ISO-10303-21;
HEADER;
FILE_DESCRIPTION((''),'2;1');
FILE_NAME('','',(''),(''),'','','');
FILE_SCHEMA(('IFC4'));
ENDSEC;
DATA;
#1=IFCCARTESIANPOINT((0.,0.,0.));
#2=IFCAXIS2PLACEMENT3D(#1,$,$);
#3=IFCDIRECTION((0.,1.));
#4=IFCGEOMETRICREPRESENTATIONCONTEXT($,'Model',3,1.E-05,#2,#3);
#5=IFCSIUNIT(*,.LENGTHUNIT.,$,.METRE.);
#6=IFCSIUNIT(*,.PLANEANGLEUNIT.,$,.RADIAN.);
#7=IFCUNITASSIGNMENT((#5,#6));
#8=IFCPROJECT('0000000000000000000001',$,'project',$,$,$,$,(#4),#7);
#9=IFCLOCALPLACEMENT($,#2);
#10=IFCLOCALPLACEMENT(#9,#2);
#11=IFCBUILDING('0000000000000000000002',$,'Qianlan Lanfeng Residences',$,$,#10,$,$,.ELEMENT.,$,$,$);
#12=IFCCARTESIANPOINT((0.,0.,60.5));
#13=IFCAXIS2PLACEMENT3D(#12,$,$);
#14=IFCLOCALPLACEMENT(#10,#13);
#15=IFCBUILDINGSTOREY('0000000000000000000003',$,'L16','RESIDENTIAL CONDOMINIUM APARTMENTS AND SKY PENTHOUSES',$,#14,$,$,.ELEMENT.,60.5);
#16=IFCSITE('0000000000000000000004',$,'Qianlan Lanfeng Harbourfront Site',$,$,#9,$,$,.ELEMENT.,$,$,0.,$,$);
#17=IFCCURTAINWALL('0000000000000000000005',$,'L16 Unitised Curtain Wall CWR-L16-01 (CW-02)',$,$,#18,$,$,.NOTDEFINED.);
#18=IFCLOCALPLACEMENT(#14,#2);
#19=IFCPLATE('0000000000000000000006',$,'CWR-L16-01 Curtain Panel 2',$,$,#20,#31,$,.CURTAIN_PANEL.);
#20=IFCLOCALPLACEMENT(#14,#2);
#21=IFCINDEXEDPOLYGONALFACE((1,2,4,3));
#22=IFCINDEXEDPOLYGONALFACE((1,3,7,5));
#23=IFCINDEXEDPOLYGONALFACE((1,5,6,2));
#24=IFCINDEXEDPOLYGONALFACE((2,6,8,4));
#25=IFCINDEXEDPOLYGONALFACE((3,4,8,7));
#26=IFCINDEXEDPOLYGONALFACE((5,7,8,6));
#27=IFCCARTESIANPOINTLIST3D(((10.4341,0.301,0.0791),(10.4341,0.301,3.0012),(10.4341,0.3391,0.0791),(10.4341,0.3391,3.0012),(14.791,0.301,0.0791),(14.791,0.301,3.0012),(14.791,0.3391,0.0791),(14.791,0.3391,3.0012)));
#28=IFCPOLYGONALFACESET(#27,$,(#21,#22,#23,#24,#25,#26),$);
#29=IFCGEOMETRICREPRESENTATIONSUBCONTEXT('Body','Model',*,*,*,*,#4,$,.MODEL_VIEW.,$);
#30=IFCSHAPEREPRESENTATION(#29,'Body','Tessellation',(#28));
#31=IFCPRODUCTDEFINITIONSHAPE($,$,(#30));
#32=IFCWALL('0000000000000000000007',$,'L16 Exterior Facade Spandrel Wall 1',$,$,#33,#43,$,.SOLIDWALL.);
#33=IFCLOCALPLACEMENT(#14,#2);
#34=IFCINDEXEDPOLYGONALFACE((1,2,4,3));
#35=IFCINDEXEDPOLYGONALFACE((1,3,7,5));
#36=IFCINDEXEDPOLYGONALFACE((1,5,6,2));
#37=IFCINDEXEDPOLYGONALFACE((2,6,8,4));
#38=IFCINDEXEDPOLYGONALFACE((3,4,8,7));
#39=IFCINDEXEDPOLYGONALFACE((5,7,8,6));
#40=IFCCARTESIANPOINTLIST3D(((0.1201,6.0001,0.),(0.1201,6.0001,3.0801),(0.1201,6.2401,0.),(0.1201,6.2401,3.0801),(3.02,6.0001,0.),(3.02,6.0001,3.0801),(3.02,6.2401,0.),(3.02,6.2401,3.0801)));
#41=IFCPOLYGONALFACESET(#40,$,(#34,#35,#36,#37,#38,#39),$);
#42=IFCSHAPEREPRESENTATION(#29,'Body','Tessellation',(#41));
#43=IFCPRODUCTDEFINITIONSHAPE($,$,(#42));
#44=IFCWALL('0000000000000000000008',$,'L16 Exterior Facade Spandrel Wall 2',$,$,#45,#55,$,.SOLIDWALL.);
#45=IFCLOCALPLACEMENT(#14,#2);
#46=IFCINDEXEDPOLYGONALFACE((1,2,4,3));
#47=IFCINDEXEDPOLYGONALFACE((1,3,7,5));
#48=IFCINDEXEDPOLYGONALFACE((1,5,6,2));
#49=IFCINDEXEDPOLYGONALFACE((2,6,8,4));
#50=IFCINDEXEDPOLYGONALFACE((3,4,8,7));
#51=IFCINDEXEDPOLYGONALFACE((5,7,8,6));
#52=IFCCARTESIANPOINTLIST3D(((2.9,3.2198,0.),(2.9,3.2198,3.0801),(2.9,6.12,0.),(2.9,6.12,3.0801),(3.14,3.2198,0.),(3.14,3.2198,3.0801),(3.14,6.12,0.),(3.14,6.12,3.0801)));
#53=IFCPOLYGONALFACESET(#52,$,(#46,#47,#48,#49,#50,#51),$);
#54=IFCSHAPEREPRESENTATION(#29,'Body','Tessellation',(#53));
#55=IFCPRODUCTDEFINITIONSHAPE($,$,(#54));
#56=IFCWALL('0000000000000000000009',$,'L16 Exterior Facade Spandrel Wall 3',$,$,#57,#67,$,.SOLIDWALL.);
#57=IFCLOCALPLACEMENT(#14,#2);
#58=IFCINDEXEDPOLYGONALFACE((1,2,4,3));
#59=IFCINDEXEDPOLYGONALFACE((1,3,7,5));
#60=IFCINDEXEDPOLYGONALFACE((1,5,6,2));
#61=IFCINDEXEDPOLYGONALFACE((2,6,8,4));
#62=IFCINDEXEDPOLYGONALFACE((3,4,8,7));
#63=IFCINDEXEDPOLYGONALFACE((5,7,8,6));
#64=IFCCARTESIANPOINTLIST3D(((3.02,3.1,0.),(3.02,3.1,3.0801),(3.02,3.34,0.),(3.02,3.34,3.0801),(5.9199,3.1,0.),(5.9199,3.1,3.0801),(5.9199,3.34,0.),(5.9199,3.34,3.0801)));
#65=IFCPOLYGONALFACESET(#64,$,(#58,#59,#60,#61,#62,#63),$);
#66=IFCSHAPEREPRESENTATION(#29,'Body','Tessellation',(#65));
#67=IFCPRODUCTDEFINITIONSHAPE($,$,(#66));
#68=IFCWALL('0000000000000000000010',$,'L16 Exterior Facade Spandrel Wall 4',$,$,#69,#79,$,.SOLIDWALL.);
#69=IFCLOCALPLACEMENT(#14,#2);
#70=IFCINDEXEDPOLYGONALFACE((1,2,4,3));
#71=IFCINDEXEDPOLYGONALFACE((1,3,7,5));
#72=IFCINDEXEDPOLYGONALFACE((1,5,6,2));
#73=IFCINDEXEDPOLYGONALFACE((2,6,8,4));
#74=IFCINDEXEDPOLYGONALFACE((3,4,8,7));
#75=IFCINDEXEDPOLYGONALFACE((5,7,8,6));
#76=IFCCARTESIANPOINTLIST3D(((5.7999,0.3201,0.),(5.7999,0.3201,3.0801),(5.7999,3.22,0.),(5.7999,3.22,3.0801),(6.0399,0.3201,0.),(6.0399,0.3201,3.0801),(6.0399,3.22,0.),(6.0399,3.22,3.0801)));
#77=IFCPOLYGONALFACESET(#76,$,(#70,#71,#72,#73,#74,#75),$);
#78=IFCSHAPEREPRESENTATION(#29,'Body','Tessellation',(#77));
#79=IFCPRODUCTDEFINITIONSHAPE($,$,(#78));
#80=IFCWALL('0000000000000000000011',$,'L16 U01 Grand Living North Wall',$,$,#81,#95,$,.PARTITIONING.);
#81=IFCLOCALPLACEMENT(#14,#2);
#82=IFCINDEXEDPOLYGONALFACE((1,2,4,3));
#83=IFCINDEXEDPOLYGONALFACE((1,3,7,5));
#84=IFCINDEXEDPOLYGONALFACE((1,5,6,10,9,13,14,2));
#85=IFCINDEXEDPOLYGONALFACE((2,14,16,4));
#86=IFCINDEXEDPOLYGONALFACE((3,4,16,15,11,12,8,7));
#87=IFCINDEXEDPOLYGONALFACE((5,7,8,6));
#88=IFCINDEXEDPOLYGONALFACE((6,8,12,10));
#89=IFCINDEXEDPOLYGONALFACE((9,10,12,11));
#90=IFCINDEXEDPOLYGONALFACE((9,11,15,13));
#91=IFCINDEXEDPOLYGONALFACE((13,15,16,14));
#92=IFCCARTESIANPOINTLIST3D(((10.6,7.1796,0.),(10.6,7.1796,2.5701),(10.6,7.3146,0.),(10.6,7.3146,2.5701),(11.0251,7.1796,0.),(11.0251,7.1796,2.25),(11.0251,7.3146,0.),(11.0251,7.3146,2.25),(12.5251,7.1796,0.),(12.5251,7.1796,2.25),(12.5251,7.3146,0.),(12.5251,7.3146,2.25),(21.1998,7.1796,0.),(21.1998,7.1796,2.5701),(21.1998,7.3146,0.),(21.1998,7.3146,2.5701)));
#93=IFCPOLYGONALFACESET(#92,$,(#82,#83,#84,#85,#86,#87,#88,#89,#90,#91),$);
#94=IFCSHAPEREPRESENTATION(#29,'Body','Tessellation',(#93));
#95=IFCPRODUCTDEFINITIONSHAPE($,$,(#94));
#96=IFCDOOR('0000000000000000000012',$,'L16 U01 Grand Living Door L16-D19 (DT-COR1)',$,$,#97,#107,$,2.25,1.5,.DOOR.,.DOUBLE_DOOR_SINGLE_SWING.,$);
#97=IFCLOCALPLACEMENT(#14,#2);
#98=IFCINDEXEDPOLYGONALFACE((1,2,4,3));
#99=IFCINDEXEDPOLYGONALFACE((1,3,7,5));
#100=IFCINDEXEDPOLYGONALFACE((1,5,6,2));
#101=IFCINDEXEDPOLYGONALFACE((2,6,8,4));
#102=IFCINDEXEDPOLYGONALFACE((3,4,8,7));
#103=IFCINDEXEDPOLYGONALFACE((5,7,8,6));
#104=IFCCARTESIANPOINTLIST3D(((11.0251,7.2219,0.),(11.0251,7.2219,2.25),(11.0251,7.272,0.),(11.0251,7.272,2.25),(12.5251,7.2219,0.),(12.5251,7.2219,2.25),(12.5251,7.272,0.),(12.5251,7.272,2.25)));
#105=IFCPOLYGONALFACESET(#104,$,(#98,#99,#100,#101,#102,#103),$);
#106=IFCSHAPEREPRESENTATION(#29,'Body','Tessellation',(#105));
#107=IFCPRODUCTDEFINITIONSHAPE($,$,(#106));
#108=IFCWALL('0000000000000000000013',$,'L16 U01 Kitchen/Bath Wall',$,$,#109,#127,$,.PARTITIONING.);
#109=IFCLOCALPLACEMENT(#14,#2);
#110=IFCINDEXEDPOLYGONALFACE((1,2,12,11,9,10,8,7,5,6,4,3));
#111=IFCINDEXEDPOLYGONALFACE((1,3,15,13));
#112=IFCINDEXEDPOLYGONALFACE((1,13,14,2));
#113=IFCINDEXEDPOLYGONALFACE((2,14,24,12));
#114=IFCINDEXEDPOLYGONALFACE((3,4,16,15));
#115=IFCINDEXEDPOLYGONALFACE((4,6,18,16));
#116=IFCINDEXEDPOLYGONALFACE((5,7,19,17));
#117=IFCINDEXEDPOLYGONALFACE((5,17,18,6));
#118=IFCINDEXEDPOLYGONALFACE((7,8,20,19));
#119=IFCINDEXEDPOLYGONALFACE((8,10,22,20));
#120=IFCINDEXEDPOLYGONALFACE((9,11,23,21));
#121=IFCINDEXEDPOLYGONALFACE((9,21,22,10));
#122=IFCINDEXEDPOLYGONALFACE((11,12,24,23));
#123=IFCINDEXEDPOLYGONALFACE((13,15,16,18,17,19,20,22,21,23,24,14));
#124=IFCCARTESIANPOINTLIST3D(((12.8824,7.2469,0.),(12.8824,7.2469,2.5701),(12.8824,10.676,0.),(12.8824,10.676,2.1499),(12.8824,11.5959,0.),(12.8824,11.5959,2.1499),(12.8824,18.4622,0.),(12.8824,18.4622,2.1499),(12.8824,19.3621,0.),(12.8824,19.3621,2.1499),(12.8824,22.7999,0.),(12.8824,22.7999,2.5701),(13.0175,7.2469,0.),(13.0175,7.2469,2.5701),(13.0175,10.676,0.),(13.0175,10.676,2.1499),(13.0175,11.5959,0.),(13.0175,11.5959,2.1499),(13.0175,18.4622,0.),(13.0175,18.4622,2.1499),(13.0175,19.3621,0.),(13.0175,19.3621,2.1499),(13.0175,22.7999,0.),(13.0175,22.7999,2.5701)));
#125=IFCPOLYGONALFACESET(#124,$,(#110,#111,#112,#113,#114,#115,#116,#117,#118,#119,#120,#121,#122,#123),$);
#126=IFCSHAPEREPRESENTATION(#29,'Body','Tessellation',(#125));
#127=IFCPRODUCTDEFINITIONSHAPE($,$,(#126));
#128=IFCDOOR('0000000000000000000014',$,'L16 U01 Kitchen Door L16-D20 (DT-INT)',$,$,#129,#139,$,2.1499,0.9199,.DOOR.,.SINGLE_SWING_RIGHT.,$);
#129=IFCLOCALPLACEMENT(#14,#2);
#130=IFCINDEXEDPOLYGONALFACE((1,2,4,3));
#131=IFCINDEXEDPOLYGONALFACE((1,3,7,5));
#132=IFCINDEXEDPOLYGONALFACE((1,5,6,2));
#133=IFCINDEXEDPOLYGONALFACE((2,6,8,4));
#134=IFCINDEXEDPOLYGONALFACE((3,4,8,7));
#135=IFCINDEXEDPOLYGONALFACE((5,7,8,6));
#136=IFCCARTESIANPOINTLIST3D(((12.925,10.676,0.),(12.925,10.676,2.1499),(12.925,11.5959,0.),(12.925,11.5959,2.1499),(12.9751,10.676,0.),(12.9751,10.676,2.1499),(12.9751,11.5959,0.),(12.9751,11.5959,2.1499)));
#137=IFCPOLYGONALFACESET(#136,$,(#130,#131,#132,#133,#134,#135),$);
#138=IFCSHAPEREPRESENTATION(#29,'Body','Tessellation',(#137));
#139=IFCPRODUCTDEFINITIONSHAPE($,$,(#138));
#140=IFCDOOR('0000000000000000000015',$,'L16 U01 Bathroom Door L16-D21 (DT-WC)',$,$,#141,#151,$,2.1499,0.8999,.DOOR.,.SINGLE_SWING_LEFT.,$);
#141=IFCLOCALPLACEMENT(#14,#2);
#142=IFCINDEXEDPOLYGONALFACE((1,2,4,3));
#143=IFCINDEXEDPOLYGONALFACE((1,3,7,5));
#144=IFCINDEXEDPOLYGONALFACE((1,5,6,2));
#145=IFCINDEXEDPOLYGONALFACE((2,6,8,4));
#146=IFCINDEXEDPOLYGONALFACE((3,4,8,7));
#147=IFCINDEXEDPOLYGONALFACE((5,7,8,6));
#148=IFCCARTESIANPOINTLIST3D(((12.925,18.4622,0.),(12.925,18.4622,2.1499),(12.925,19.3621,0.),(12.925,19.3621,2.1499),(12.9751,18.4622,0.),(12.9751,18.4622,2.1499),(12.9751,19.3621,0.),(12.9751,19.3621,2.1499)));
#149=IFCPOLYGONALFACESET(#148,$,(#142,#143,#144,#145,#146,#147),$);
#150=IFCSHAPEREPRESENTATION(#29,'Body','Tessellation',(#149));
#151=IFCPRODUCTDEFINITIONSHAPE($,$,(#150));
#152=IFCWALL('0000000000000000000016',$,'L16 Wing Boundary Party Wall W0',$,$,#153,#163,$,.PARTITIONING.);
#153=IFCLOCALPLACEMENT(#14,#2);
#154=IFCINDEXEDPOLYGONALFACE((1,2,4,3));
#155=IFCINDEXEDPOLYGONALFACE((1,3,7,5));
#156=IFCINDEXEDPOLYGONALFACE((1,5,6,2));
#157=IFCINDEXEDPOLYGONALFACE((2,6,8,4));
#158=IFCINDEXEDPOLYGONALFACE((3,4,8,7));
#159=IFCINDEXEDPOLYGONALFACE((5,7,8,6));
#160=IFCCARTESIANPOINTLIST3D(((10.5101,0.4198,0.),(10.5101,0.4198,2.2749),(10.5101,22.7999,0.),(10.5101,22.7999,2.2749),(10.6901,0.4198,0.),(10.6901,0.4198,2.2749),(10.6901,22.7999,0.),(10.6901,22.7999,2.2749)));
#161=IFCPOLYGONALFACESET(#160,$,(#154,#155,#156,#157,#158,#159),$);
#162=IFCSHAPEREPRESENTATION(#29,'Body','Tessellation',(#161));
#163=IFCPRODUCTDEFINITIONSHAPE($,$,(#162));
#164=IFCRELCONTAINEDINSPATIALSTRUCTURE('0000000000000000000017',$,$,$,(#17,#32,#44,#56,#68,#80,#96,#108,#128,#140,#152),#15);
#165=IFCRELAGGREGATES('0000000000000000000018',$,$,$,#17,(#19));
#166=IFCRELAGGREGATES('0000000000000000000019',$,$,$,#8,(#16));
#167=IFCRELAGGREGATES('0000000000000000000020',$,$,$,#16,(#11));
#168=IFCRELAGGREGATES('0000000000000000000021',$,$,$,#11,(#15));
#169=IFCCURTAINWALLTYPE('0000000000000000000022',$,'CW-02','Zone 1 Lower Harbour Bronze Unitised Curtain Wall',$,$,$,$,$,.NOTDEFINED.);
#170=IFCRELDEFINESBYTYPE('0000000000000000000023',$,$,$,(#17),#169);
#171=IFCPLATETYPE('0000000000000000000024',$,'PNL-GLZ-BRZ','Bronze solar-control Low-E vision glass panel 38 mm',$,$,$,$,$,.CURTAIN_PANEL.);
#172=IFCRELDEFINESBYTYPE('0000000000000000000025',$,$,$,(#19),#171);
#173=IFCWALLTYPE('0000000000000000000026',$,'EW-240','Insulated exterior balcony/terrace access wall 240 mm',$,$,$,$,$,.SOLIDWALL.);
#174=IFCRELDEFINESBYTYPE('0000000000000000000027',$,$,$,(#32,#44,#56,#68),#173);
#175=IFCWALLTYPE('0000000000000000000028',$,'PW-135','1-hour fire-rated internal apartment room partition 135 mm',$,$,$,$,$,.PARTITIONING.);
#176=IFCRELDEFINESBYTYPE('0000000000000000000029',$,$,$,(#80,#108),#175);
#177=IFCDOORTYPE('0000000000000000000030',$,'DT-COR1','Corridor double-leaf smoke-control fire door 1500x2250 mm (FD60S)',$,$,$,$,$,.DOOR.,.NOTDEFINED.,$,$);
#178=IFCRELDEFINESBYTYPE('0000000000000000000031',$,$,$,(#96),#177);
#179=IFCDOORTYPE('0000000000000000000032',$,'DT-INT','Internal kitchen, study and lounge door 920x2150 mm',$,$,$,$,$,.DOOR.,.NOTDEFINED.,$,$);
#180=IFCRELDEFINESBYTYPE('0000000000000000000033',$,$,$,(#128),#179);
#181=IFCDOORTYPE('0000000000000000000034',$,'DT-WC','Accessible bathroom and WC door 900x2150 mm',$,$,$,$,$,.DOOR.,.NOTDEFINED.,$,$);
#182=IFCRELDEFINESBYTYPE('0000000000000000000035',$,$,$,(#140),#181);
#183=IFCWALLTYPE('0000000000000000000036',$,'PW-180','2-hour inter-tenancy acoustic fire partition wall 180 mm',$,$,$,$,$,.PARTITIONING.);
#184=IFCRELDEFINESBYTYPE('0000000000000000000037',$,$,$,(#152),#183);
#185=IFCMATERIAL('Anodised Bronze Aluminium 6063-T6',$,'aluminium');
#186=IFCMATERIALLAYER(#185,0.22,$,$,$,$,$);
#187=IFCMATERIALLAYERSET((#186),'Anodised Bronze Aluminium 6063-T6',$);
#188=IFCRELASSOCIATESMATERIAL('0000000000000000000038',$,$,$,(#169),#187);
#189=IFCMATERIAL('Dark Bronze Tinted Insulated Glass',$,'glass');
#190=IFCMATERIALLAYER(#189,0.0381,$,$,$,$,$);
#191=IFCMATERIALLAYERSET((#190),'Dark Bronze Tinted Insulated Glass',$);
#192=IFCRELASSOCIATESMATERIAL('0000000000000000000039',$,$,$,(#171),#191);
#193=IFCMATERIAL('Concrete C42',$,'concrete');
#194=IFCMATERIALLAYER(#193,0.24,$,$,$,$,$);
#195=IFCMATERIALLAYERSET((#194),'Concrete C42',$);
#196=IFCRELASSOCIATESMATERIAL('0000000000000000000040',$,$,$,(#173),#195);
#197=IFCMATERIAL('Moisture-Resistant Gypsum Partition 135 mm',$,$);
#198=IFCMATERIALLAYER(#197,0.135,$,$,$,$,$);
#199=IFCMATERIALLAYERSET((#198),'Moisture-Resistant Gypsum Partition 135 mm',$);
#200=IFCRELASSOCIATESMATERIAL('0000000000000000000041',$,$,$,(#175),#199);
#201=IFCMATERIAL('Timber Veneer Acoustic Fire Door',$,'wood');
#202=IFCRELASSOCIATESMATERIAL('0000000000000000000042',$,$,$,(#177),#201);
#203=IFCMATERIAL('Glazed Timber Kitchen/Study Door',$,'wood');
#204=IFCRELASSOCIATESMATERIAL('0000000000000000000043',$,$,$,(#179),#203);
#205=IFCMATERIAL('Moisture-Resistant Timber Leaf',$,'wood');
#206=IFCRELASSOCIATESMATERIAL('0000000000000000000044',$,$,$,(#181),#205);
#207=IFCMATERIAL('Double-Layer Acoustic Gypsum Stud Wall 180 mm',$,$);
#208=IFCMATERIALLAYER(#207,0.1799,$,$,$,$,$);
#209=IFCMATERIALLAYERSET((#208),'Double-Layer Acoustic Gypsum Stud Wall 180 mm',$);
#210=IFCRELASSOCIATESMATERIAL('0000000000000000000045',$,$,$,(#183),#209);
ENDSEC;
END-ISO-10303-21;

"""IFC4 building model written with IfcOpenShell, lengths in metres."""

from ifc_helpers import new_model, si_unit, direction, frame, frame_2d, origin, origin_2d, place, context, subcontext, project, spatial, rectangle, extrude, source, transform, mapped, material, layer, layer_set, type_object, element, fill, aggregate, save


model = new_model("IFC4")

# Units and contexts
model_context = context("Model", 3, precision=1e-05, world=origin(), true_north=direction((0.0, 1.0)))
body_context = subcontext(model_context, "Body", "Model", "MODEL_VIEW")
ifc_project = project(units=[si_unit("LENGTHUNIT", "METRE"), si_unit("PLANEANGLEUNIT", "RADIAN")], contexts=[model_context])

# Site, building, storey
site_placement = place(None, origin())
site = spatial("IfcSite", under=ifc_project, at=site_placement, Name="Qianlan Lanfeng Harbourfront Site", CompositionType="ELEMENT", RefElevation=0.0)
building_placement = place(site_placement, origin())
building = spatial("IfcBuilding", under=site, at=building_placement, Name="Qianlan Lanfeng Residences", CompositionType="ELEMENT")
storey_placement = place(building_placement, frame((0.0, 0.0, 60.5)))
storey = spatial("IfcBuildingStorey", under=building, at=storey_placement, Name="L16", Description="RESIDENTIAL CONDOMINIUM APARTMENTS AND SKY PENTHOUSES", CompositionType="ELEMENT", Elevation=60.5)

# Curtain wall
ifc_material_1 = material(Name="Anodised Bronze Aluminium 6063-T6", Category="aluminium")
ifc_layer_1 = layer(ifc_material_1, 0.22)
ifc_layer_set_1 = layer_set([ifc_layer_1], Name="Anodised Bronze Aluminium 6063-T6")
curtain_wall_type = type_object("IfcCurtainWallType", Name="CW-02", Description="Zone 1 Lower Harbour Bronze Unitised Curtain Wall", PredefinedType="NOTDEFINED", material=ifc_layer_set_1)
curtain_wall_1_placement = place(storey_placement, origin())
curtain_wall_1 = element("IfcCurtainWall", 1, at=curtain_wall_1_placement, inside=storey, type_object=curtain_wall_type, Name="L16 Unitised Curtain Wall CWR-L16-01 (CW-02)", PredefinedType="NOTDEFINED")

# Plate
ifc_material_2 = material(Name="Dark Bronze Tinted Insulated Glass", Category="glass")
ifc_layer_2 = layer(ifc_material_2, 0.0381)
ifc_layer_set_2 = layer_set([ifc_layer_2], Name="Dark Bronze Tinted Insulated Glass")
plate_type = type_object("IfcPlateType", Name="PNL-GLZ-BRZ", Description="Bronze solar-control Low-E vision glass panel 38 mm", PredefinedType="CURTAIN_PANEL", material=ifc_layer_set_2)
shared_shape_1 = source(origin(), body_context, "Body", "SweptSolid", [
    extrude(rectangle(XDim=4.3569, YDim=0.0381, at=origin_2d()), origin(), (0.0, 0.0, 1.0), 2.9221),
])
plate_1_placement = place(storey_placement, frame((12.6125, 0.3201, 0.0791), z_axis=(0.0, 0.0, 1.0), x_axis=(1.0, 0.0, 0.0)))
plate_1 = element("IfcPlate", 2, at=plate_1_placement, type_object=plate_type, Name="CWR-L16-01 Curtain Panel 2", PredefinedType="CURTAIN_PANEL", context=body_context, shape_type="MappedRepresentation", body=[
    mapped(shared_shape_1, transform((0.0, 0.0, 0.0), scale=1.0)),
])
aggregate(curtain_wall_1, [plate_1])

# Walls
ifc_material_3 = material(Name="Concrete C42", Category="concrete")
ifc_layer_3 = layer(ifc_material_3, 0.24)
ifc_layer_set_3 = layer_set([ifc_layer_3], Name="Concrete C42")
wall_type_1 = type_object("IfcWallType", Name="EW-240", Description="Insulated exterior balcony/terrace access wall 240 mm", PredefinedType="SOLIDWALL", material=ifc_layer_set_3)
wall_1_placement = place(storey_placement, frame((0.1201, 6.1201, 0.0), z_axis=(0.0, 0.0, 1.0), x_axis=(1.0, 0.0, 0.0)))
element("IfcWall", 3, at=wall_1_placement, inside=storey, type_object=wall_type_1, Name="L16 Exterior Facade Spandrel Wall 1", PredefinedType="SOLIDWALL", context=body_context, shape_type="SweptSolid", body=[
    extrude(rectangle(XDim=2.8999, YDim=0.24, at=frame_2d((1.45, 0.0))), origin(), (0.0, 0.0, 1.0), 3.0801),
])
wall_2_placement = place(storey_placement, frame((3.02, 6.1201, 0.0), z_axis=(0.0, 0.0, 1.0), x_axis=(0.0, -1.0, 0.0)))
element("IfcWall", 4, at=wall_2_placement, inside=storey, type_object=wall_type_1, Name="L16 Exterior Facade Spandrel Wall 2", PredefinedType="SOLIDWALL", context=body_context, shape_type="SweptSolid", body=[
    extrude(rectangle(XDim=2.9001, YDim=0.24, at=frame_2d((1.4502, 0.0))), origin(), (0.0, 0.0, 1.0), 3.0801),
])
for number, where, z_axis, x_axis, name in (
    (5, (3.02, 3.22, 0.0), (0.0, 0.0, 1.0), (1.0, 0.0, 0.0), "L16 Exterior Facade Spandrel Wall 3"),
    (6, (5.9199, 3.22, 0.0), (0.0, 0.0, 1.0), (0.0, -1.0, 0.0), "L16 Exterior Facade Spandrel Wall 4"),
):
    element("IfcWall", number, at=place(storey_placement, frame(where, z_axis=z_axis, x_axis=x_axis)), inside=storey, type_object=wall_type_1, Name=name, PredefinedType="SOLIDWALL", context=body_context, shape_type="SweptSolid", body=[
        extrude(rectangle(XDim=2.8999, YDim=0.24, at=frame_2d((1.45, 0.0))), origin(), (0.0, 0.0, 1.0), 3.0801),
    ])

# Wall, opening, door
ifc_material_4 = material(Name="Moisture-Resistant Gypsum Partition 135 mm")
ifc_layer_4 = layer(ifc_material_4, 0.135)
ifc_layer_set_4 = layer_set([ifc_layer_4], Name="Moisture-Resistant Gypsum Partition 135 mm")
wall_type_2 = type_object("IfcWallType", Name="PW-135", Description="1-hour fire-rated internal apartment room partition 135 mm", PredefinedType="PARTITIONING", material=ifc_layer_set_4)
wall_3_placement = place(storey_placement, frame((10.6001, 7.2471, 0.0), z_axis=(0.0, 0.0, 1.0), x_axis=(1.0, 0.0, 0.0)))
wall_3 = element("IfcWall", 7, at=wall_3_placement, inside=storey, type_object=wall_type_2, Name="L16 U01 Grand Living North Wall", PredefinedType="PARTITIONING", context=body_context, shape_type="SweptSolid", body=[
    extrude(rectangle(XDim=10.5999, YDim=0.135, at=frame_2d((5.2998, 0.0))), origin(), (0.0, 0.0, 1.0), 2.5701),
])
opening_1_placement = place(wall_3_placement, frame((0.425, 0.0, 0.0)))
opening_1 = element("IfcOpeningElement", 8, at=opening_1_placement, cuts=wall_3, PredefinedType="OPENING", context=body_context, shape_type="SweptSolid", body=[
    extrude(rectangle(XDim=1.5, YDim=2.25, at=frame_2d((0.75, 1.125))), frame((0.0, 0.0776, 0.0), z_axis=(0.0, -1.0, 0.0), x_axis=(1.0, 0.0, 0.0)), (0.0, 0.0, 1.0), 0.155),
])
ifc_material_5 = material(Name="Timber Veneer Acoustic Fire Door", Category="wood")
door_type_1 = type_object("IfcDoorType", Name="DT-COR1", Description="Corridor double-leaf smoke-control fire door 1500x2250 mm (FD60S)", OperationType="NOTDEFINED", PredefinedType="DOOR", material=ifc_material_5)
door_1_placement = place(opening_1_placement, origin())
door_1 = element("IfcDoor", 9, at=door_1_placement, inside=storey, type_object=door_type_1, Name="L16 U01 Grand Living Door L16-D19 (DT-COR1)", OperationType="DOUBLE_DOOR_SINGLE_SWING", OverallHeight=2.25, OverallWidth=1.5, PredefinedType="DOOR", context=body_context, shape_type="SweptSolid", body=[
    extrude(rectangle(XDim=1.5, YDim=2.25, at=frame_2d((0.75, 1.125))), frame((0.0, 0.0249, 0.0), z_axis=(0.0, -1.0, 0.0), x_axis=(1.0, 0.0, 0.0)), (0.0, 0.0, 1.0), 0.05),
])
fill(opening_1, door_1)

# Wall, openings, doors
wall_4_placement = place(storey_placement, frame((12.95, 7.2471, 0.0), z_axis=(0.0, 0.0, 1.0), x_axis=(0.0, 1.0, 0.0)))
wall_4 = element("IfcWall", 10, at=wall_4_placement, inside=storey, type_object=wall_type_2, Name="L16 U01 Kitchen/Bath Wall", PredefinedType="PARTITIONING", context=body_context, shape_type="SweptSolid", body=[
    extrude(rectangle(XDim=15.553, YDim=0.135, at=frame_2d((7.7764, 0.0))), origin(), (0.0, 0.0, 1.0), 2.5701),
])
opening_2_placement = place(wall_4_placement, frame((3.429, 0.0, 0.0)))
opening_2 = element("IfcOpeningElement", 11, at=opening_2_placement, cuts=wall_4, PredefinedType="OPENING", context=body_context, shape_type="SweptSolid", body=[
    extrude(rectangle(XDim=0.9199, YDim=2.1499, at=frame_2d((0.46, 1.075))), frame((0.0, 0.0776, 0.0), z_axis=(0.0, -1.0, 0.0), x_axis=(1.0, 0.0, 0.0)), (0.0, 0.0, 1.0), 0.155),
])
opening_3_placement = place(wall_4_placement, frame((11.2151, 0.0, 0.0)))
opening_3 = element("IfcOpeningElement", 12, at=opening_3_placement, cuts=wall_4, PredefinedType="OPENING", context=body_context, shape_type="SweptSolid", body=[
    extrude(rectangle(XDim=0.8999, YDim=2.1499, at=frame_2d((0.45, 1.075))), frame((0.0, 0.0776, 0.0), z_axis=(0.0, -1.0, 0.0), x_axis=(1.0, 0.0, 0.0)), (0.0, 0.0, 1.0), 0.155),
])
ifc_material_6 = material(Name="Glazed Timber Kitchen/Study Door", Category="wood")
door_type_2 = type_object("IfcDoorType", Name="DT-INT", Description="Internal kitchen, study and lounge door 920x2150 mm", OperationType="NOTDEFINED", PredefinedType="DOOR", material=ifc_material_6)
door_2_placement = place(opening_2_placement, origin())
door_2 = element("IfcDoor", 13, at=door_2_placement, inside=storey, type_object=door_type_2, Name="L16 U01 Kitchen Door L16-D20 (DT-INT)", OperationType="SINGLE_SWING_RIGHT", OverallHeight=2.1499, OverallWidth=0.9199, PredefinedType="DOOR", context=body_context, shape_type="SweptSolid", body=[
    extrude(rectangle(XDim=0.9199, YDim=2.1499, at=frame_2d((0.46, 1.075))), frame((0.0, 0.0249, 0.0), z_axis=(0.0, -1.0, 0.0), x_axis=(1.0, 0.0, 0.0)), (0.0, 0.0, 1.0), 0.05),
])
fill(opening_2, door_2)
ifc_material_7 = material(Name="Moisture-Resistant Timber Leaf", Category="wood")
door_type_3 = type_object("IfcDoorType", Name="DT-WC", Description="Accessible bathroom and WC door 900x2150 mm", OperationType="NOTDEFINED", PredefinedType="DOOR", material=ifc_material_7)
door_3_placement = place(opening_3_placement, origin())
door_3 = element("IfcDoor", 14, at=door_3_placement, inside=storey, type_object=door_type_3, Name="L16 U01 Bathroom Door L16-D21 (DT-WC)", OperationType="SINGLE_SWING_LEFT", OverallHeight=2.1499, OverallWidth=0.8999, PredefinedType="DOOR", context=body_context, shape_type="SweptSolid", body=[
    extrude(rectangle(XDim=0.8999, YDim=2.1499, at=frame_2d((0.45, 1.075))), frame((0.0, 0.0249, 0.0), z_axis=(0.0, -1.0, 0.0), x_axis=(1.0, 0.0, 0.0)), (0.0, 0.0, 1.0), 0.05),
])
fill(opening_3, door_3)

# Wall
ifc_material_8 = material(Name="Double-Layer Acoustic Gypsum Stud Wall 180 mm")
ifc_layer_5 = layer(ifc_material_8, 0.1799)
ifc_layer_set_5 = layer_set([ifc_layer_5], Name="Double-Layer Acoustic Gypsum Stud Wall 180 mm")
wall_type_3 = type_object("IfcWallType", Name="PW-180", Description="2-hour inter-tenancy acoustic fire partition wall 180 mm", PredefinedType="PARTITIONING", material=ifc_layer_set_5)
wall_5_placement = place(storey_placement, frame((10.6001, 0.4199, 0.0), z_axis=(0.0, 0.0, 1.0), x_axis=(0.0, 1.0, 0.0)))
element("IfcWall", 15, at=wall_5_placement, inside=storey, type_object=wall_type_3, Name="L16 Wing Boundary Party Wall W0", PredefinedType="PARTITIONING", context=body_context, shape_type="SweptSolid", body=[
    extrude(rectangle(XDim=22.3801, YDim=0.1799, at=frame_2d((11.1899, 0.0))), origin(), (0.0, 0.0, 1.0), 2.2749),
])

save(model, "model.ifc")
